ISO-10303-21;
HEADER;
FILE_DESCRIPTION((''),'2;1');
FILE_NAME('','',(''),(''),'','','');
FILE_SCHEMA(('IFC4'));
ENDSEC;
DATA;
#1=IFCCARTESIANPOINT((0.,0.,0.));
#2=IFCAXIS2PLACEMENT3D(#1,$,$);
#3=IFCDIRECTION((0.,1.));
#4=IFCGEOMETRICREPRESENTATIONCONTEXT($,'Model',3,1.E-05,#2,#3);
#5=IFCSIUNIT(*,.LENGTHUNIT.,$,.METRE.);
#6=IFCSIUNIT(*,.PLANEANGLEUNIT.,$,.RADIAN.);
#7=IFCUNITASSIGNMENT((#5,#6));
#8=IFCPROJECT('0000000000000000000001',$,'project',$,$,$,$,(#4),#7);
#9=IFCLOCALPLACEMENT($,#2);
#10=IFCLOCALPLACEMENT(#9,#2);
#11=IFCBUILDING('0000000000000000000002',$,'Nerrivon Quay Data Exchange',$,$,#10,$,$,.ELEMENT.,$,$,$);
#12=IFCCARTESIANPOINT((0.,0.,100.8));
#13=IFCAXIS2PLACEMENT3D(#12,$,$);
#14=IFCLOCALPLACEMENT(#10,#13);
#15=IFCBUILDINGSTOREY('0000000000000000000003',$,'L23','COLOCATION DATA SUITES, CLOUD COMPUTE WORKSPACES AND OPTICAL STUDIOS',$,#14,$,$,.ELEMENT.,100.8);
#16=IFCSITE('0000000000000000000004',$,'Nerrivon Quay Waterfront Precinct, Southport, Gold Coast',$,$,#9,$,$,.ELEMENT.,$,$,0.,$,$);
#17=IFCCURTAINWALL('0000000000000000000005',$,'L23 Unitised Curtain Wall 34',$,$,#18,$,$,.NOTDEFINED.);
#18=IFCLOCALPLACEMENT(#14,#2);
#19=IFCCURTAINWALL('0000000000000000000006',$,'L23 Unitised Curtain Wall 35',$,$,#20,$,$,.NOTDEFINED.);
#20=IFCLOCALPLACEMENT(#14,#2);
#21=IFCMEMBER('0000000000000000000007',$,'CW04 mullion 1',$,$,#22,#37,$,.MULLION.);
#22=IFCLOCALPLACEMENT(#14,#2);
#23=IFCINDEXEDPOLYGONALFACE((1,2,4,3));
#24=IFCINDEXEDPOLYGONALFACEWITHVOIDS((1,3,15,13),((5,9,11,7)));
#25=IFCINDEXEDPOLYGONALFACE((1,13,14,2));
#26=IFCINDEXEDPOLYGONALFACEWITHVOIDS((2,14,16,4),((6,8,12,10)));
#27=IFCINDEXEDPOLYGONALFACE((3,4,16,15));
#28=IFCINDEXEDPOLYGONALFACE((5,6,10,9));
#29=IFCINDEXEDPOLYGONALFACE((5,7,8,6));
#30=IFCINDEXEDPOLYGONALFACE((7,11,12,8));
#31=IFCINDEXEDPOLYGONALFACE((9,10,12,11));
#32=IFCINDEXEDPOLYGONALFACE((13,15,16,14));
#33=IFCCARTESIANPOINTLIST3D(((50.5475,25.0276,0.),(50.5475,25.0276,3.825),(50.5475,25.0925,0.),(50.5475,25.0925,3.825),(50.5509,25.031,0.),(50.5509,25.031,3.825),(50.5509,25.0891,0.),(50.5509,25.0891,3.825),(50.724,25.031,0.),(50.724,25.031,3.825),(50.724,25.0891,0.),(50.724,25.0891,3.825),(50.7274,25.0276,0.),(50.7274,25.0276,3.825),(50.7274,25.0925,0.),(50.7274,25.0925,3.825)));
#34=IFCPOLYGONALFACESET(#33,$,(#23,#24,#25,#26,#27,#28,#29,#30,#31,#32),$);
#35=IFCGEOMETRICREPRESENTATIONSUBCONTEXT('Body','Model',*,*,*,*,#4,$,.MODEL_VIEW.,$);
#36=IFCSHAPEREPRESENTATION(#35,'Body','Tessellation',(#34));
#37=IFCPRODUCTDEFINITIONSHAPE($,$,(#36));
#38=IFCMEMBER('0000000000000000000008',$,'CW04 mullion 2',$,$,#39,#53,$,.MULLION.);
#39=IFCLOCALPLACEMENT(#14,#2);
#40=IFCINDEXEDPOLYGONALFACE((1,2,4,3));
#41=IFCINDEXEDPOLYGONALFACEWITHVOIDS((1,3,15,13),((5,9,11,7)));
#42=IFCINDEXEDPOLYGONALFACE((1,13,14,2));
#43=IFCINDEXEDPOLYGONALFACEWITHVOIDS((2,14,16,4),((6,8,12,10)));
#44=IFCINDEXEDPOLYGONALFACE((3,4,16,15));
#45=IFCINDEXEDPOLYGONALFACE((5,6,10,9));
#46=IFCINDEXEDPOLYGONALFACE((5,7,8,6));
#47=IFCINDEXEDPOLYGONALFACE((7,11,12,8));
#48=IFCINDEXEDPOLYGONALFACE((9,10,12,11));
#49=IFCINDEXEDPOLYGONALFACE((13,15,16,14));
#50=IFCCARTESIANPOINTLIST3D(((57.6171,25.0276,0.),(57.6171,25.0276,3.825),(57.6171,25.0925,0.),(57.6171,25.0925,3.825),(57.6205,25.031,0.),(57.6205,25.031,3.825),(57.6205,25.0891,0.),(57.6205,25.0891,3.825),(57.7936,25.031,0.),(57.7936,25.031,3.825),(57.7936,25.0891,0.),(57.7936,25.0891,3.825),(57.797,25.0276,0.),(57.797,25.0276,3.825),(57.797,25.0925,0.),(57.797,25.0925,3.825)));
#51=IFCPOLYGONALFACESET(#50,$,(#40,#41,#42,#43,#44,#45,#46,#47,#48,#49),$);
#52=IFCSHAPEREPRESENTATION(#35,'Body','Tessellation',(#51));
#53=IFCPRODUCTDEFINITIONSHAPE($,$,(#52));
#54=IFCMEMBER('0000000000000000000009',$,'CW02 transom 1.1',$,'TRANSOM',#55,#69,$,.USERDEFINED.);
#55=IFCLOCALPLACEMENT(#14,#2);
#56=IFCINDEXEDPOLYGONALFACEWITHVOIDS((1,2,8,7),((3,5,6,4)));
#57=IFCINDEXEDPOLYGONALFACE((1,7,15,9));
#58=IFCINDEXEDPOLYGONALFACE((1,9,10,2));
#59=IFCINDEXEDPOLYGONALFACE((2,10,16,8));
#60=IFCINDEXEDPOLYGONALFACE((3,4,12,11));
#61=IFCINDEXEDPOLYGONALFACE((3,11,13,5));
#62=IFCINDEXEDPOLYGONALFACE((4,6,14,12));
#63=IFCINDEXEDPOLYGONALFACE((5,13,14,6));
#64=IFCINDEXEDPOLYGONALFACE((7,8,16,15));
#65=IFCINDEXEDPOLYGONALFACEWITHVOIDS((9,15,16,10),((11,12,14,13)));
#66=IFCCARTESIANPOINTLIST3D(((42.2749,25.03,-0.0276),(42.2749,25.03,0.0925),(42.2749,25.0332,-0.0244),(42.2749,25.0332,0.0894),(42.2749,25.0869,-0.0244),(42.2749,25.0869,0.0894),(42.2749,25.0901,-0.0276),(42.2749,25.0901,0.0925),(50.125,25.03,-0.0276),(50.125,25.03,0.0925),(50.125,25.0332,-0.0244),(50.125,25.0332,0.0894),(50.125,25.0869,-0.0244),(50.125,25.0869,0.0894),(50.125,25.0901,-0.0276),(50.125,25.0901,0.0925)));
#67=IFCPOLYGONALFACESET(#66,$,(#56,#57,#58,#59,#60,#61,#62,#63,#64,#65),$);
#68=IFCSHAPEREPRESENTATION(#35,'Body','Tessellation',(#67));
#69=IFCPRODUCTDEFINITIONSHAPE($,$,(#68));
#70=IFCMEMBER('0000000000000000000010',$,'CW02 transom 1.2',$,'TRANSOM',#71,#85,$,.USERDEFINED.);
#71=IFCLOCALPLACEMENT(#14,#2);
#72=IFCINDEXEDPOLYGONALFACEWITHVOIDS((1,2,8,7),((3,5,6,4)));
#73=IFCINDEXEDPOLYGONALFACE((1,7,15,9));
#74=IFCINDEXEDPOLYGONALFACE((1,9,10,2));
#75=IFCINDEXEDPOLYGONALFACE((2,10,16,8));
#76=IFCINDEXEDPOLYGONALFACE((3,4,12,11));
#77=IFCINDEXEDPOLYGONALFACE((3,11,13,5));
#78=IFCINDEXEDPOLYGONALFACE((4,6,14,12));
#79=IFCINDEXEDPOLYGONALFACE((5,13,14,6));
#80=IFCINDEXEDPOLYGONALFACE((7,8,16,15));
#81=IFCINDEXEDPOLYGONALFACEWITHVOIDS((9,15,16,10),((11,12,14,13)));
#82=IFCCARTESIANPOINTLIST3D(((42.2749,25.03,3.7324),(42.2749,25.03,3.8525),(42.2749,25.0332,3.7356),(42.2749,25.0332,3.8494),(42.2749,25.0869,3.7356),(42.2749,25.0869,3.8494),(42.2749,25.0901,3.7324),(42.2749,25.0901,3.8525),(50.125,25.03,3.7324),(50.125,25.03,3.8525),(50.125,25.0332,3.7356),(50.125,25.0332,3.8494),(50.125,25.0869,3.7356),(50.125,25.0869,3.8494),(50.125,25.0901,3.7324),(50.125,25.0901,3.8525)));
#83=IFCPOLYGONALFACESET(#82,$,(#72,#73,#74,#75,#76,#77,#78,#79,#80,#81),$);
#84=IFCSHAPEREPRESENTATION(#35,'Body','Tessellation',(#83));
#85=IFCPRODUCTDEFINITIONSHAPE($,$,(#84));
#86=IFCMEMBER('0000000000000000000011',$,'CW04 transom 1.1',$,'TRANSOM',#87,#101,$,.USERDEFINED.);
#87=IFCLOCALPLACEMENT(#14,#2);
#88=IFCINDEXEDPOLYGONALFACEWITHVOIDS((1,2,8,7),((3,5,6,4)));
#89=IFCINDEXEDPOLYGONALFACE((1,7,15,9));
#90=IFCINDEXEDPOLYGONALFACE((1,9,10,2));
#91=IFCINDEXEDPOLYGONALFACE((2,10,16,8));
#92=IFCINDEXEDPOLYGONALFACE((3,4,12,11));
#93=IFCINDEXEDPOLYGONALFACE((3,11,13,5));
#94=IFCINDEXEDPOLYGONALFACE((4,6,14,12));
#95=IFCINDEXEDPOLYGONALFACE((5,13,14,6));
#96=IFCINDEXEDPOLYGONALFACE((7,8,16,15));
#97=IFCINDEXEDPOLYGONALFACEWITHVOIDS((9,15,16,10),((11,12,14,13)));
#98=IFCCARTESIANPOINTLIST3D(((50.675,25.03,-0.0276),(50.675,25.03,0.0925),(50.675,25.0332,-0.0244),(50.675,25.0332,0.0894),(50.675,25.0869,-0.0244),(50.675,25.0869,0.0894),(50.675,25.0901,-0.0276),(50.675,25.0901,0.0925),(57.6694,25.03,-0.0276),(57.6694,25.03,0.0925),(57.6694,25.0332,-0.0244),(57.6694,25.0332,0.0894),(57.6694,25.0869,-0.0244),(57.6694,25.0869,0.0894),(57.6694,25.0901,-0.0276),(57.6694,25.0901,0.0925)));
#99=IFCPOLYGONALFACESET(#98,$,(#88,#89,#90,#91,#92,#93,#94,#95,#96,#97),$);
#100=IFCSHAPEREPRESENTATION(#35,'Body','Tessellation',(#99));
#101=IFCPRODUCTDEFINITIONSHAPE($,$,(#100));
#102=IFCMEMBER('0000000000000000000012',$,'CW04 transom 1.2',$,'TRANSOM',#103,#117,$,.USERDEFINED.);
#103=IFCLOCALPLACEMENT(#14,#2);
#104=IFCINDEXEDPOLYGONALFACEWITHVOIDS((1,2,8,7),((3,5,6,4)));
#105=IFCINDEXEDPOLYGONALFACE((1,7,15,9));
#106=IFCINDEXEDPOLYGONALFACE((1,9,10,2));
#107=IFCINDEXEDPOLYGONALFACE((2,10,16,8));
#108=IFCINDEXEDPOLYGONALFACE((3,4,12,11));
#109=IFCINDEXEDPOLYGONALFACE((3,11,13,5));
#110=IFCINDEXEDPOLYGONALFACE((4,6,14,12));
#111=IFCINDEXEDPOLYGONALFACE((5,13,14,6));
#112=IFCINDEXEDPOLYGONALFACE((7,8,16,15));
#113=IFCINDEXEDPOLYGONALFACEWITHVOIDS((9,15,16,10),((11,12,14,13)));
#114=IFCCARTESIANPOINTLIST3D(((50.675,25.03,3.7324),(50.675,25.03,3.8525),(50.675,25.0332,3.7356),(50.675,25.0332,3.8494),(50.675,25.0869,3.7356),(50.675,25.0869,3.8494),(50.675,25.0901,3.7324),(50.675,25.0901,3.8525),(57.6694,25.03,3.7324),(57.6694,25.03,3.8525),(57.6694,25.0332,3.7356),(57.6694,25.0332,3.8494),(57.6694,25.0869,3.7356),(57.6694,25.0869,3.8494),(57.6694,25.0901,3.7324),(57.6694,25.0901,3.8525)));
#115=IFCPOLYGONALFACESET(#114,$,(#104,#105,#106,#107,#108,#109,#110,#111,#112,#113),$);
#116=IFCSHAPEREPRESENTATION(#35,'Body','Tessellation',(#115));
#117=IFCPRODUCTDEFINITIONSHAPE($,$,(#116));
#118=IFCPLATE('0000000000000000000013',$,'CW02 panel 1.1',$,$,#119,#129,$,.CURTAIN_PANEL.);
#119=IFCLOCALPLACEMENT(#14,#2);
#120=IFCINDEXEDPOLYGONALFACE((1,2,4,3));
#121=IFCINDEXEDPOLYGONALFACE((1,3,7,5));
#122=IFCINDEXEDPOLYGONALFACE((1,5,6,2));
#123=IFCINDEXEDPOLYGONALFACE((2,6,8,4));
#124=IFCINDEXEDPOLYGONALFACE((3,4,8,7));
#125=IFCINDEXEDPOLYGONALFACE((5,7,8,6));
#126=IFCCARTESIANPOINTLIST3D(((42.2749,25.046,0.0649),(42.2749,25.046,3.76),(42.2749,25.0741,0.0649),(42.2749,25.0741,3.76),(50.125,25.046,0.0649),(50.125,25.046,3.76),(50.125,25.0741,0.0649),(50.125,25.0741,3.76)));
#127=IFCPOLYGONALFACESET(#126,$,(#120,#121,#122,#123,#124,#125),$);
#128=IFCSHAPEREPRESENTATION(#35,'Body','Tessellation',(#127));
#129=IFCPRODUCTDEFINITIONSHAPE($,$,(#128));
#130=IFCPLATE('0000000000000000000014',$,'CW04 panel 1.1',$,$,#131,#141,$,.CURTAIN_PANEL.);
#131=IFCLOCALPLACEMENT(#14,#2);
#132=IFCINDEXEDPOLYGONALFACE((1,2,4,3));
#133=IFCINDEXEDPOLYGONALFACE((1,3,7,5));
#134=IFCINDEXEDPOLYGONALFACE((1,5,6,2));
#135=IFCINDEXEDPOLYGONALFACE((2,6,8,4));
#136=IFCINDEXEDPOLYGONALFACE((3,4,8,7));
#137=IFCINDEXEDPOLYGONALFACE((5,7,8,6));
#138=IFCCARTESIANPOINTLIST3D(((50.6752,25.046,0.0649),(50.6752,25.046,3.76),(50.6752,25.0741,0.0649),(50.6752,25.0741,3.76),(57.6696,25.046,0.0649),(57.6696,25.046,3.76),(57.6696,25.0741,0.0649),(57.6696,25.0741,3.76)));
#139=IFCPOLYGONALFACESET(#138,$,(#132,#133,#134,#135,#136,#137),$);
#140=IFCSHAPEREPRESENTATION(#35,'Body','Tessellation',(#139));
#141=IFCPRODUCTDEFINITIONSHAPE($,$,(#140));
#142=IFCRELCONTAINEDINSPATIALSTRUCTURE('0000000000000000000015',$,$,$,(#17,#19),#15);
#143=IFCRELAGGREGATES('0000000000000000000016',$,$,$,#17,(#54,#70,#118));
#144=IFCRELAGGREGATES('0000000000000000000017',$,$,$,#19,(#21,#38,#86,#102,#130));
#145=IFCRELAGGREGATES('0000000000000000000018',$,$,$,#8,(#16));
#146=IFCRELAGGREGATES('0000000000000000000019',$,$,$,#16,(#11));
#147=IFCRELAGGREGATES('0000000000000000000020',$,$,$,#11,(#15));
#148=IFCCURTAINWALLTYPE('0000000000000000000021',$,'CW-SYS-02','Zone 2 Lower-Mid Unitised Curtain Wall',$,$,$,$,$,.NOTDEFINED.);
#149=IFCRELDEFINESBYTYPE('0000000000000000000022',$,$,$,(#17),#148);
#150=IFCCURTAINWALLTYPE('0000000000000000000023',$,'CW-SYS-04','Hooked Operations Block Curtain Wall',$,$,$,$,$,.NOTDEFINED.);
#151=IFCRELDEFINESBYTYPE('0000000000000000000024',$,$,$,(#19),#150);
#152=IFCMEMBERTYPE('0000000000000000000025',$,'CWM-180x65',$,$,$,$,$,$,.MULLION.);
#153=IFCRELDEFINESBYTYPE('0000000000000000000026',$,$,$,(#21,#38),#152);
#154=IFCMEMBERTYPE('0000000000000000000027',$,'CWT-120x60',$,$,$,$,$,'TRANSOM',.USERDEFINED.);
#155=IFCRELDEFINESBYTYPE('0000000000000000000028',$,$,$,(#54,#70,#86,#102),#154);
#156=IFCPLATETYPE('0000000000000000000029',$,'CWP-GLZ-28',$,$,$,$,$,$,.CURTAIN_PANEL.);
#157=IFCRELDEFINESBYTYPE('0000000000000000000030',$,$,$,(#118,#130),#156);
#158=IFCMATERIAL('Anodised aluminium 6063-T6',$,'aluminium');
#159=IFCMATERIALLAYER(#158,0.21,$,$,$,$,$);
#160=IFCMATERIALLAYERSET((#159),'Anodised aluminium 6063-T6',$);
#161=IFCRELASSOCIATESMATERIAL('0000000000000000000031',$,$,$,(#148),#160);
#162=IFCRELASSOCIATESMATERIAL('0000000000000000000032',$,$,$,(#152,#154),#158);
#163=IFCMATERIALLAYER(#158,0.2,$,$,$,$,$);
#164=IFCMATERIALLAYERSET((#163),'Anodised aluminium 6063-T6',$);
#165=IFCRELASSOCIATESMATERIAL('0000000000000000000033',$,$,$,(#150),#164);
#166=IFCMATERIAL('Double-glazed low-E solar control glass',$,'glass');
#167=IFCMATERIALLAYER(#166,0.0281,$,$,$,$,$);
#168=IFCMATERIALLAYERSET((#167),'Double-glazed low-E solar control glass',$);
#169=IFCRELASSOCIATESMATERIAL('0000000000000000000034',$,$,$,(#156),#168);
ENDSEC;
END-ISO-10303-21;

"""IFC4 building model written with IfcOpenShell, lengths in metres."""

from ifc_helpers import new_model, si_unit, direction, frame, origin, origin_2d, place, context, subcontext, project, spatial, rectangle, hollow_rectangle, extrude, material, layer, layer_set, material_profile, profile_set, type_object, element, aggregate, save


model = new_model("IFC4")

# Units and contexts
model_context = context("Model", 3, precision=1e-05, world=origin(), true_north=direction((0.0, 1.0)))
body_context = subcontext(model_context, "Body", "Model", "MODEL_VIEW")
ifc_project = project(units=[si_unit("LENGTHUNIT", "METRE"), si_unit("PLANEANGLEUNIT", "RADIAN")], contexts=[model_context])

# Site, building, storey
site_placement = place(None, origin())
site = spatial("IfcSite", under=ifc_project, at=site_placement, Name="Nerrivon Quay Waterfront Precinct, Southport, Gold Coast", CompositionType="ELEMENT", RefElevation=0.0)
building_placement = place(site_placement, origin())
building = spatial("IfcBuilding", under=site, at=building_placement, Name="Nerrivon Quay Data Exchange", CompositionType="ELEMENT")
storey_placement = place(building_placement, frame((0.0, 0.0, 100.8)))
storey = spatial("IfcBuildingStorey", under=building, at=storey_placement, Name="L23", Description="COLOCATION DATA SUITES, CLOUD COMPUTE WORKSPACES AND OPTICAL STUDIOS", CompositionType="ELEMENT", Elevation=100.8)

# Curtain walls, members
ifc_material_1 = material(Name="Anodised aluminium 6063-T6", Category="aluminium")
ifc_layer_1 = layer(ifc_material_1, 0.21)
ifc_layer_set_1 = layer_set([ifc_layer_1], Name="Anodised aluminium 6063-T6")
curtain_wall_type_1 = type_object("IfcCurtainWallType", Name="CW-SYS-02", Description="Zone 2 Lower-Mid Unitised Curtain Wall", PredefinedType="NOTDEFINED", material=ifc_layer_set_1)
curtain_wall_1_placement = place(storey_placement, origin())
curtain_wall_1 = element("IfcCurtainWall", 1, at=curtain_wall_1_placement, inside=storey, type_object=curtain_wall_type_1, Name="L23 Unitised Curtain Wall 34", PredefinedType="NOTDEFINED")
ifc_material_profile_1 = material_profile(ifc_material_1, hollow_rectangle(XDim=0.0649, YDim=0.1799, WallThickness=0.0034, at=origin_2d()), Name="ALU-MULL-180x65")
ifc_profile_set_1 = profile_set([ifc_material_profile_1], Name="Anodised aluminium 6063-T6")
member_type_1 = type_object("IfcMemberType", Name="CWM-180x65", PredefinedType="MULLION", material=ifc_profile_set_1)
ifc_layer_2 = layer(ifc_material_1, 0.2)
ifc_layer_set_2 = layer_set([ifc_layer_2], Name="Anodised aluminium 6063-T6")
curtain_wall_type_2 = type_object("IfcCurtainWallType", Name="CW-SYS-04", Description="Hooked Operations Block Curtain Wall", PredefinedType="NOTDEFINED", material=ifc_layer_set_2)
curtain_wall_2_placement = place(storey_placement, origin())
curtain_wall_2 = element("IfcCurtainWall", 2, at=curtain_wall_2_placement, inside=storey, type_object=curtain_wall_type_2, Name="L23 Unitised Curtain Wall 35", PredefinedType="NOTDEFINED")
member_1_placement = place(storey_placement, frame((50.6375, 25.0601, 0.0), z_axis=(0.0, 0.0, 1.0), x_axis=(0.0, 1.0, 0.0)))
member_1 = element("IfcMember", 3, at=member_1_placement, type_object=member_type_1, Name="CW04 mullion 1", PredefinedType="MULLION", context=body_context, shape_type="SweptSolid", body=[
    extrude(hollow_rectangle(XDim=0.0649, YDim=0.1799, WallThickness=0.0034, at=origin_2d()), origin(), (0.0, 0.0, 1.0), 3.825),
])
member_2_placement = place(storey_placement, frame((57.707, 25.0601, 0.0), z_axis=(0.0, 0.0, 1.0), x_axis=(0.0, 1.0, 0.0)))
member_2 = element("IfcMember", 4, at=member_2_placement, type_object=member_type_1, Name="CW04 mullion 2", PredefinedType="MULLION", context=body_context, shape_type="SweptSolid", body=[
    extrude(hollow_rectangle(XDim=0.0649, YDim=0.1799, WallThickness=0.0034, at=origin_2d()), origin(), (0.0, 0.0, 1.0), 3.825),
])

# Members
ifc_material_profile_2 = material_profile(ifc_material_1, hollow_rectangle(XDim=0.0601, YDim=0.1201, WallThickness=0.0032, at=origin_2d()), Name="ALU-TRAN-120x60")
ifc_profile_set_2 = profile_set([ifc_material_profile_2], Name="Anodised aluminium 6063-T6")
member_type_2 = type_object("IfcMemberType", Name="CWT-120x60", ElementType="TRANSOM", PredefinedType="USERDEFINED", material=ifc_profile_set_2)
member_3_placement = place(storey_placement, frame((42.2749, 25.0601, 0.0325), z_axis=(1.0, 0.0, 0.0), x_axis=(0.0, 1.0, 0.0)))
member_3 = element("IfcMember", 5, at=member_3_placement, type_object=member_type_2, Name="CW02 transom 1.1", ObjectType="TRANSOM", PredefinedType="USERDEFINED", context=body_context, shape_type="SweptSolid", body=[
    extrude(hollow_rectangle(XDim=0.0601, YDim=0.1201, WallThickness=0.0032, at=origin_2d()), origin(), (0.0, 0.0, 1.0), 7.8501),
])
member_4_placement = place(storey_placement, frame((42.2749, 25.0601, 3.7925), z_axis=(1.0, 0.0, 0.0), x_axis=(0.0, 1.0, 0.0)))
member_4 = element("IfcMember", 6, at=member_4_placement, type_object=member_type_2, Name="CW02 transom 1.2", ObjectType="TRANSOM", PredefinedType="USERDEFINED", context=body_context, shape_type="SweptSolid", body=[
    extrude(hollow_rectangle(XDim=0.0601, YDim=0.1201, WallThickness=0.0032, at=origin_2d()), origin(), (0.0, 0.0, 1.0), 7.8501),
])
member_5_placement = place(storey_placement, frame((50.675, 25.0601, 0.0325), z_axis=(1.0, 0.0, 0.0), x_axis=(0.0, 1.0, 0.0)))
member_5 = element("IfcMember", 7, at=member_5_placement, type_object=member_type_2, Name="CW04 transom 1.1", ObjectType="TRANSOM", PredefinedType="USERDEFINED", context=body_context, shape_type="SweptSolid", body=[
    extrude(hollow_rectangle(XDim=0.0601, YDim=0.1201, WallThickness=0.0032, at=origin_2d()), origin(), (0.0, 0.0, 1.0), 6.9944),
])
member_6_placement = place(storey_placement, frame((50.675, 25.0601, 3.7925), z_axis=(1.0, 0.0, 0.0), x_axis=(0.0, 1.0, 0.0)))
member_6 = element("IfcMember", 8, at=member_6_placement, type_object=member_type_2, Name="CW04 transom 1.2", ObjectType="TRANSOM", PredefinedType="USERDEFINED", context=body_context, shape_type="SweptSolid", body=[
    extrude(hollow_rectangle(XDim=0.0601, YDim=0.1201, WallThickness=0.0032, at=origin_2d()), origin(), (0.0, 0.0, 1.0), 6.9944),
])

# Plates
ifc_material_2 = material(Name="Double-glazed low-E solar control glass", Category="glass")
ifc_layer_3 = layer(ifc_material_2, 0.0281)
ifc_layer_set_3 = layer_set([ifc_layer_3], Name="Double-glazed low-E solar control glass")
plate_type = type_object("IfcPlateType", Name="CWP-GLZ-28", PredefinedType="CURTAIN_PANEL", material=ifc_layer_set_3)
plate_1_placement = place(storey_placement, frame((46.2, 25.0601, 0.0649), z_axis=(0.0, 0.0, 1.0), x_axis=(1.0, 0.0, 0.0)))
plate_1 = element("IfcPlate", 9, at=plate_1_placement, type_object=plate_type, Name="CW02 panel 1.1", PredefinedType="CURTAIN_PANEL", context=body_context, shape_type="SweptSolid", body=[
    extrude(rectangle(XDim=7.8501, YDim=0.0281, at=origin_2d()), origin(), (0.0, 0.0, 1.0), 3.6951),
])
aggregate(curtain_wall_1, [member_3, member_4, plate_1])
plate_2_placement = place(storey_placement, frame((54.1724, 25.0601, 0.0649), z_axis=(0.0, 0.0, 1.0), x_axis=(1.0, 0.0, 0.0)))
plate_2 = element("IfcPlate", 10, at=plate_2_placement, type_object=plate_type, Name="CW04 panel 1.1", PredefinedType="CURTAIN_PANEL", context=body_context, shape_type="SweptSolid", body=[
    extrude(rectangle(XDim=6.9944, YDim=0.0281, at=origin_2d()), origin(), (0.0, 0.0, 1.0), 3.6951),
])
aggregate(curtain_wall_2, [member_1, member_2, member_5, member_6, plate_2])

save(model, "model.ifc")
